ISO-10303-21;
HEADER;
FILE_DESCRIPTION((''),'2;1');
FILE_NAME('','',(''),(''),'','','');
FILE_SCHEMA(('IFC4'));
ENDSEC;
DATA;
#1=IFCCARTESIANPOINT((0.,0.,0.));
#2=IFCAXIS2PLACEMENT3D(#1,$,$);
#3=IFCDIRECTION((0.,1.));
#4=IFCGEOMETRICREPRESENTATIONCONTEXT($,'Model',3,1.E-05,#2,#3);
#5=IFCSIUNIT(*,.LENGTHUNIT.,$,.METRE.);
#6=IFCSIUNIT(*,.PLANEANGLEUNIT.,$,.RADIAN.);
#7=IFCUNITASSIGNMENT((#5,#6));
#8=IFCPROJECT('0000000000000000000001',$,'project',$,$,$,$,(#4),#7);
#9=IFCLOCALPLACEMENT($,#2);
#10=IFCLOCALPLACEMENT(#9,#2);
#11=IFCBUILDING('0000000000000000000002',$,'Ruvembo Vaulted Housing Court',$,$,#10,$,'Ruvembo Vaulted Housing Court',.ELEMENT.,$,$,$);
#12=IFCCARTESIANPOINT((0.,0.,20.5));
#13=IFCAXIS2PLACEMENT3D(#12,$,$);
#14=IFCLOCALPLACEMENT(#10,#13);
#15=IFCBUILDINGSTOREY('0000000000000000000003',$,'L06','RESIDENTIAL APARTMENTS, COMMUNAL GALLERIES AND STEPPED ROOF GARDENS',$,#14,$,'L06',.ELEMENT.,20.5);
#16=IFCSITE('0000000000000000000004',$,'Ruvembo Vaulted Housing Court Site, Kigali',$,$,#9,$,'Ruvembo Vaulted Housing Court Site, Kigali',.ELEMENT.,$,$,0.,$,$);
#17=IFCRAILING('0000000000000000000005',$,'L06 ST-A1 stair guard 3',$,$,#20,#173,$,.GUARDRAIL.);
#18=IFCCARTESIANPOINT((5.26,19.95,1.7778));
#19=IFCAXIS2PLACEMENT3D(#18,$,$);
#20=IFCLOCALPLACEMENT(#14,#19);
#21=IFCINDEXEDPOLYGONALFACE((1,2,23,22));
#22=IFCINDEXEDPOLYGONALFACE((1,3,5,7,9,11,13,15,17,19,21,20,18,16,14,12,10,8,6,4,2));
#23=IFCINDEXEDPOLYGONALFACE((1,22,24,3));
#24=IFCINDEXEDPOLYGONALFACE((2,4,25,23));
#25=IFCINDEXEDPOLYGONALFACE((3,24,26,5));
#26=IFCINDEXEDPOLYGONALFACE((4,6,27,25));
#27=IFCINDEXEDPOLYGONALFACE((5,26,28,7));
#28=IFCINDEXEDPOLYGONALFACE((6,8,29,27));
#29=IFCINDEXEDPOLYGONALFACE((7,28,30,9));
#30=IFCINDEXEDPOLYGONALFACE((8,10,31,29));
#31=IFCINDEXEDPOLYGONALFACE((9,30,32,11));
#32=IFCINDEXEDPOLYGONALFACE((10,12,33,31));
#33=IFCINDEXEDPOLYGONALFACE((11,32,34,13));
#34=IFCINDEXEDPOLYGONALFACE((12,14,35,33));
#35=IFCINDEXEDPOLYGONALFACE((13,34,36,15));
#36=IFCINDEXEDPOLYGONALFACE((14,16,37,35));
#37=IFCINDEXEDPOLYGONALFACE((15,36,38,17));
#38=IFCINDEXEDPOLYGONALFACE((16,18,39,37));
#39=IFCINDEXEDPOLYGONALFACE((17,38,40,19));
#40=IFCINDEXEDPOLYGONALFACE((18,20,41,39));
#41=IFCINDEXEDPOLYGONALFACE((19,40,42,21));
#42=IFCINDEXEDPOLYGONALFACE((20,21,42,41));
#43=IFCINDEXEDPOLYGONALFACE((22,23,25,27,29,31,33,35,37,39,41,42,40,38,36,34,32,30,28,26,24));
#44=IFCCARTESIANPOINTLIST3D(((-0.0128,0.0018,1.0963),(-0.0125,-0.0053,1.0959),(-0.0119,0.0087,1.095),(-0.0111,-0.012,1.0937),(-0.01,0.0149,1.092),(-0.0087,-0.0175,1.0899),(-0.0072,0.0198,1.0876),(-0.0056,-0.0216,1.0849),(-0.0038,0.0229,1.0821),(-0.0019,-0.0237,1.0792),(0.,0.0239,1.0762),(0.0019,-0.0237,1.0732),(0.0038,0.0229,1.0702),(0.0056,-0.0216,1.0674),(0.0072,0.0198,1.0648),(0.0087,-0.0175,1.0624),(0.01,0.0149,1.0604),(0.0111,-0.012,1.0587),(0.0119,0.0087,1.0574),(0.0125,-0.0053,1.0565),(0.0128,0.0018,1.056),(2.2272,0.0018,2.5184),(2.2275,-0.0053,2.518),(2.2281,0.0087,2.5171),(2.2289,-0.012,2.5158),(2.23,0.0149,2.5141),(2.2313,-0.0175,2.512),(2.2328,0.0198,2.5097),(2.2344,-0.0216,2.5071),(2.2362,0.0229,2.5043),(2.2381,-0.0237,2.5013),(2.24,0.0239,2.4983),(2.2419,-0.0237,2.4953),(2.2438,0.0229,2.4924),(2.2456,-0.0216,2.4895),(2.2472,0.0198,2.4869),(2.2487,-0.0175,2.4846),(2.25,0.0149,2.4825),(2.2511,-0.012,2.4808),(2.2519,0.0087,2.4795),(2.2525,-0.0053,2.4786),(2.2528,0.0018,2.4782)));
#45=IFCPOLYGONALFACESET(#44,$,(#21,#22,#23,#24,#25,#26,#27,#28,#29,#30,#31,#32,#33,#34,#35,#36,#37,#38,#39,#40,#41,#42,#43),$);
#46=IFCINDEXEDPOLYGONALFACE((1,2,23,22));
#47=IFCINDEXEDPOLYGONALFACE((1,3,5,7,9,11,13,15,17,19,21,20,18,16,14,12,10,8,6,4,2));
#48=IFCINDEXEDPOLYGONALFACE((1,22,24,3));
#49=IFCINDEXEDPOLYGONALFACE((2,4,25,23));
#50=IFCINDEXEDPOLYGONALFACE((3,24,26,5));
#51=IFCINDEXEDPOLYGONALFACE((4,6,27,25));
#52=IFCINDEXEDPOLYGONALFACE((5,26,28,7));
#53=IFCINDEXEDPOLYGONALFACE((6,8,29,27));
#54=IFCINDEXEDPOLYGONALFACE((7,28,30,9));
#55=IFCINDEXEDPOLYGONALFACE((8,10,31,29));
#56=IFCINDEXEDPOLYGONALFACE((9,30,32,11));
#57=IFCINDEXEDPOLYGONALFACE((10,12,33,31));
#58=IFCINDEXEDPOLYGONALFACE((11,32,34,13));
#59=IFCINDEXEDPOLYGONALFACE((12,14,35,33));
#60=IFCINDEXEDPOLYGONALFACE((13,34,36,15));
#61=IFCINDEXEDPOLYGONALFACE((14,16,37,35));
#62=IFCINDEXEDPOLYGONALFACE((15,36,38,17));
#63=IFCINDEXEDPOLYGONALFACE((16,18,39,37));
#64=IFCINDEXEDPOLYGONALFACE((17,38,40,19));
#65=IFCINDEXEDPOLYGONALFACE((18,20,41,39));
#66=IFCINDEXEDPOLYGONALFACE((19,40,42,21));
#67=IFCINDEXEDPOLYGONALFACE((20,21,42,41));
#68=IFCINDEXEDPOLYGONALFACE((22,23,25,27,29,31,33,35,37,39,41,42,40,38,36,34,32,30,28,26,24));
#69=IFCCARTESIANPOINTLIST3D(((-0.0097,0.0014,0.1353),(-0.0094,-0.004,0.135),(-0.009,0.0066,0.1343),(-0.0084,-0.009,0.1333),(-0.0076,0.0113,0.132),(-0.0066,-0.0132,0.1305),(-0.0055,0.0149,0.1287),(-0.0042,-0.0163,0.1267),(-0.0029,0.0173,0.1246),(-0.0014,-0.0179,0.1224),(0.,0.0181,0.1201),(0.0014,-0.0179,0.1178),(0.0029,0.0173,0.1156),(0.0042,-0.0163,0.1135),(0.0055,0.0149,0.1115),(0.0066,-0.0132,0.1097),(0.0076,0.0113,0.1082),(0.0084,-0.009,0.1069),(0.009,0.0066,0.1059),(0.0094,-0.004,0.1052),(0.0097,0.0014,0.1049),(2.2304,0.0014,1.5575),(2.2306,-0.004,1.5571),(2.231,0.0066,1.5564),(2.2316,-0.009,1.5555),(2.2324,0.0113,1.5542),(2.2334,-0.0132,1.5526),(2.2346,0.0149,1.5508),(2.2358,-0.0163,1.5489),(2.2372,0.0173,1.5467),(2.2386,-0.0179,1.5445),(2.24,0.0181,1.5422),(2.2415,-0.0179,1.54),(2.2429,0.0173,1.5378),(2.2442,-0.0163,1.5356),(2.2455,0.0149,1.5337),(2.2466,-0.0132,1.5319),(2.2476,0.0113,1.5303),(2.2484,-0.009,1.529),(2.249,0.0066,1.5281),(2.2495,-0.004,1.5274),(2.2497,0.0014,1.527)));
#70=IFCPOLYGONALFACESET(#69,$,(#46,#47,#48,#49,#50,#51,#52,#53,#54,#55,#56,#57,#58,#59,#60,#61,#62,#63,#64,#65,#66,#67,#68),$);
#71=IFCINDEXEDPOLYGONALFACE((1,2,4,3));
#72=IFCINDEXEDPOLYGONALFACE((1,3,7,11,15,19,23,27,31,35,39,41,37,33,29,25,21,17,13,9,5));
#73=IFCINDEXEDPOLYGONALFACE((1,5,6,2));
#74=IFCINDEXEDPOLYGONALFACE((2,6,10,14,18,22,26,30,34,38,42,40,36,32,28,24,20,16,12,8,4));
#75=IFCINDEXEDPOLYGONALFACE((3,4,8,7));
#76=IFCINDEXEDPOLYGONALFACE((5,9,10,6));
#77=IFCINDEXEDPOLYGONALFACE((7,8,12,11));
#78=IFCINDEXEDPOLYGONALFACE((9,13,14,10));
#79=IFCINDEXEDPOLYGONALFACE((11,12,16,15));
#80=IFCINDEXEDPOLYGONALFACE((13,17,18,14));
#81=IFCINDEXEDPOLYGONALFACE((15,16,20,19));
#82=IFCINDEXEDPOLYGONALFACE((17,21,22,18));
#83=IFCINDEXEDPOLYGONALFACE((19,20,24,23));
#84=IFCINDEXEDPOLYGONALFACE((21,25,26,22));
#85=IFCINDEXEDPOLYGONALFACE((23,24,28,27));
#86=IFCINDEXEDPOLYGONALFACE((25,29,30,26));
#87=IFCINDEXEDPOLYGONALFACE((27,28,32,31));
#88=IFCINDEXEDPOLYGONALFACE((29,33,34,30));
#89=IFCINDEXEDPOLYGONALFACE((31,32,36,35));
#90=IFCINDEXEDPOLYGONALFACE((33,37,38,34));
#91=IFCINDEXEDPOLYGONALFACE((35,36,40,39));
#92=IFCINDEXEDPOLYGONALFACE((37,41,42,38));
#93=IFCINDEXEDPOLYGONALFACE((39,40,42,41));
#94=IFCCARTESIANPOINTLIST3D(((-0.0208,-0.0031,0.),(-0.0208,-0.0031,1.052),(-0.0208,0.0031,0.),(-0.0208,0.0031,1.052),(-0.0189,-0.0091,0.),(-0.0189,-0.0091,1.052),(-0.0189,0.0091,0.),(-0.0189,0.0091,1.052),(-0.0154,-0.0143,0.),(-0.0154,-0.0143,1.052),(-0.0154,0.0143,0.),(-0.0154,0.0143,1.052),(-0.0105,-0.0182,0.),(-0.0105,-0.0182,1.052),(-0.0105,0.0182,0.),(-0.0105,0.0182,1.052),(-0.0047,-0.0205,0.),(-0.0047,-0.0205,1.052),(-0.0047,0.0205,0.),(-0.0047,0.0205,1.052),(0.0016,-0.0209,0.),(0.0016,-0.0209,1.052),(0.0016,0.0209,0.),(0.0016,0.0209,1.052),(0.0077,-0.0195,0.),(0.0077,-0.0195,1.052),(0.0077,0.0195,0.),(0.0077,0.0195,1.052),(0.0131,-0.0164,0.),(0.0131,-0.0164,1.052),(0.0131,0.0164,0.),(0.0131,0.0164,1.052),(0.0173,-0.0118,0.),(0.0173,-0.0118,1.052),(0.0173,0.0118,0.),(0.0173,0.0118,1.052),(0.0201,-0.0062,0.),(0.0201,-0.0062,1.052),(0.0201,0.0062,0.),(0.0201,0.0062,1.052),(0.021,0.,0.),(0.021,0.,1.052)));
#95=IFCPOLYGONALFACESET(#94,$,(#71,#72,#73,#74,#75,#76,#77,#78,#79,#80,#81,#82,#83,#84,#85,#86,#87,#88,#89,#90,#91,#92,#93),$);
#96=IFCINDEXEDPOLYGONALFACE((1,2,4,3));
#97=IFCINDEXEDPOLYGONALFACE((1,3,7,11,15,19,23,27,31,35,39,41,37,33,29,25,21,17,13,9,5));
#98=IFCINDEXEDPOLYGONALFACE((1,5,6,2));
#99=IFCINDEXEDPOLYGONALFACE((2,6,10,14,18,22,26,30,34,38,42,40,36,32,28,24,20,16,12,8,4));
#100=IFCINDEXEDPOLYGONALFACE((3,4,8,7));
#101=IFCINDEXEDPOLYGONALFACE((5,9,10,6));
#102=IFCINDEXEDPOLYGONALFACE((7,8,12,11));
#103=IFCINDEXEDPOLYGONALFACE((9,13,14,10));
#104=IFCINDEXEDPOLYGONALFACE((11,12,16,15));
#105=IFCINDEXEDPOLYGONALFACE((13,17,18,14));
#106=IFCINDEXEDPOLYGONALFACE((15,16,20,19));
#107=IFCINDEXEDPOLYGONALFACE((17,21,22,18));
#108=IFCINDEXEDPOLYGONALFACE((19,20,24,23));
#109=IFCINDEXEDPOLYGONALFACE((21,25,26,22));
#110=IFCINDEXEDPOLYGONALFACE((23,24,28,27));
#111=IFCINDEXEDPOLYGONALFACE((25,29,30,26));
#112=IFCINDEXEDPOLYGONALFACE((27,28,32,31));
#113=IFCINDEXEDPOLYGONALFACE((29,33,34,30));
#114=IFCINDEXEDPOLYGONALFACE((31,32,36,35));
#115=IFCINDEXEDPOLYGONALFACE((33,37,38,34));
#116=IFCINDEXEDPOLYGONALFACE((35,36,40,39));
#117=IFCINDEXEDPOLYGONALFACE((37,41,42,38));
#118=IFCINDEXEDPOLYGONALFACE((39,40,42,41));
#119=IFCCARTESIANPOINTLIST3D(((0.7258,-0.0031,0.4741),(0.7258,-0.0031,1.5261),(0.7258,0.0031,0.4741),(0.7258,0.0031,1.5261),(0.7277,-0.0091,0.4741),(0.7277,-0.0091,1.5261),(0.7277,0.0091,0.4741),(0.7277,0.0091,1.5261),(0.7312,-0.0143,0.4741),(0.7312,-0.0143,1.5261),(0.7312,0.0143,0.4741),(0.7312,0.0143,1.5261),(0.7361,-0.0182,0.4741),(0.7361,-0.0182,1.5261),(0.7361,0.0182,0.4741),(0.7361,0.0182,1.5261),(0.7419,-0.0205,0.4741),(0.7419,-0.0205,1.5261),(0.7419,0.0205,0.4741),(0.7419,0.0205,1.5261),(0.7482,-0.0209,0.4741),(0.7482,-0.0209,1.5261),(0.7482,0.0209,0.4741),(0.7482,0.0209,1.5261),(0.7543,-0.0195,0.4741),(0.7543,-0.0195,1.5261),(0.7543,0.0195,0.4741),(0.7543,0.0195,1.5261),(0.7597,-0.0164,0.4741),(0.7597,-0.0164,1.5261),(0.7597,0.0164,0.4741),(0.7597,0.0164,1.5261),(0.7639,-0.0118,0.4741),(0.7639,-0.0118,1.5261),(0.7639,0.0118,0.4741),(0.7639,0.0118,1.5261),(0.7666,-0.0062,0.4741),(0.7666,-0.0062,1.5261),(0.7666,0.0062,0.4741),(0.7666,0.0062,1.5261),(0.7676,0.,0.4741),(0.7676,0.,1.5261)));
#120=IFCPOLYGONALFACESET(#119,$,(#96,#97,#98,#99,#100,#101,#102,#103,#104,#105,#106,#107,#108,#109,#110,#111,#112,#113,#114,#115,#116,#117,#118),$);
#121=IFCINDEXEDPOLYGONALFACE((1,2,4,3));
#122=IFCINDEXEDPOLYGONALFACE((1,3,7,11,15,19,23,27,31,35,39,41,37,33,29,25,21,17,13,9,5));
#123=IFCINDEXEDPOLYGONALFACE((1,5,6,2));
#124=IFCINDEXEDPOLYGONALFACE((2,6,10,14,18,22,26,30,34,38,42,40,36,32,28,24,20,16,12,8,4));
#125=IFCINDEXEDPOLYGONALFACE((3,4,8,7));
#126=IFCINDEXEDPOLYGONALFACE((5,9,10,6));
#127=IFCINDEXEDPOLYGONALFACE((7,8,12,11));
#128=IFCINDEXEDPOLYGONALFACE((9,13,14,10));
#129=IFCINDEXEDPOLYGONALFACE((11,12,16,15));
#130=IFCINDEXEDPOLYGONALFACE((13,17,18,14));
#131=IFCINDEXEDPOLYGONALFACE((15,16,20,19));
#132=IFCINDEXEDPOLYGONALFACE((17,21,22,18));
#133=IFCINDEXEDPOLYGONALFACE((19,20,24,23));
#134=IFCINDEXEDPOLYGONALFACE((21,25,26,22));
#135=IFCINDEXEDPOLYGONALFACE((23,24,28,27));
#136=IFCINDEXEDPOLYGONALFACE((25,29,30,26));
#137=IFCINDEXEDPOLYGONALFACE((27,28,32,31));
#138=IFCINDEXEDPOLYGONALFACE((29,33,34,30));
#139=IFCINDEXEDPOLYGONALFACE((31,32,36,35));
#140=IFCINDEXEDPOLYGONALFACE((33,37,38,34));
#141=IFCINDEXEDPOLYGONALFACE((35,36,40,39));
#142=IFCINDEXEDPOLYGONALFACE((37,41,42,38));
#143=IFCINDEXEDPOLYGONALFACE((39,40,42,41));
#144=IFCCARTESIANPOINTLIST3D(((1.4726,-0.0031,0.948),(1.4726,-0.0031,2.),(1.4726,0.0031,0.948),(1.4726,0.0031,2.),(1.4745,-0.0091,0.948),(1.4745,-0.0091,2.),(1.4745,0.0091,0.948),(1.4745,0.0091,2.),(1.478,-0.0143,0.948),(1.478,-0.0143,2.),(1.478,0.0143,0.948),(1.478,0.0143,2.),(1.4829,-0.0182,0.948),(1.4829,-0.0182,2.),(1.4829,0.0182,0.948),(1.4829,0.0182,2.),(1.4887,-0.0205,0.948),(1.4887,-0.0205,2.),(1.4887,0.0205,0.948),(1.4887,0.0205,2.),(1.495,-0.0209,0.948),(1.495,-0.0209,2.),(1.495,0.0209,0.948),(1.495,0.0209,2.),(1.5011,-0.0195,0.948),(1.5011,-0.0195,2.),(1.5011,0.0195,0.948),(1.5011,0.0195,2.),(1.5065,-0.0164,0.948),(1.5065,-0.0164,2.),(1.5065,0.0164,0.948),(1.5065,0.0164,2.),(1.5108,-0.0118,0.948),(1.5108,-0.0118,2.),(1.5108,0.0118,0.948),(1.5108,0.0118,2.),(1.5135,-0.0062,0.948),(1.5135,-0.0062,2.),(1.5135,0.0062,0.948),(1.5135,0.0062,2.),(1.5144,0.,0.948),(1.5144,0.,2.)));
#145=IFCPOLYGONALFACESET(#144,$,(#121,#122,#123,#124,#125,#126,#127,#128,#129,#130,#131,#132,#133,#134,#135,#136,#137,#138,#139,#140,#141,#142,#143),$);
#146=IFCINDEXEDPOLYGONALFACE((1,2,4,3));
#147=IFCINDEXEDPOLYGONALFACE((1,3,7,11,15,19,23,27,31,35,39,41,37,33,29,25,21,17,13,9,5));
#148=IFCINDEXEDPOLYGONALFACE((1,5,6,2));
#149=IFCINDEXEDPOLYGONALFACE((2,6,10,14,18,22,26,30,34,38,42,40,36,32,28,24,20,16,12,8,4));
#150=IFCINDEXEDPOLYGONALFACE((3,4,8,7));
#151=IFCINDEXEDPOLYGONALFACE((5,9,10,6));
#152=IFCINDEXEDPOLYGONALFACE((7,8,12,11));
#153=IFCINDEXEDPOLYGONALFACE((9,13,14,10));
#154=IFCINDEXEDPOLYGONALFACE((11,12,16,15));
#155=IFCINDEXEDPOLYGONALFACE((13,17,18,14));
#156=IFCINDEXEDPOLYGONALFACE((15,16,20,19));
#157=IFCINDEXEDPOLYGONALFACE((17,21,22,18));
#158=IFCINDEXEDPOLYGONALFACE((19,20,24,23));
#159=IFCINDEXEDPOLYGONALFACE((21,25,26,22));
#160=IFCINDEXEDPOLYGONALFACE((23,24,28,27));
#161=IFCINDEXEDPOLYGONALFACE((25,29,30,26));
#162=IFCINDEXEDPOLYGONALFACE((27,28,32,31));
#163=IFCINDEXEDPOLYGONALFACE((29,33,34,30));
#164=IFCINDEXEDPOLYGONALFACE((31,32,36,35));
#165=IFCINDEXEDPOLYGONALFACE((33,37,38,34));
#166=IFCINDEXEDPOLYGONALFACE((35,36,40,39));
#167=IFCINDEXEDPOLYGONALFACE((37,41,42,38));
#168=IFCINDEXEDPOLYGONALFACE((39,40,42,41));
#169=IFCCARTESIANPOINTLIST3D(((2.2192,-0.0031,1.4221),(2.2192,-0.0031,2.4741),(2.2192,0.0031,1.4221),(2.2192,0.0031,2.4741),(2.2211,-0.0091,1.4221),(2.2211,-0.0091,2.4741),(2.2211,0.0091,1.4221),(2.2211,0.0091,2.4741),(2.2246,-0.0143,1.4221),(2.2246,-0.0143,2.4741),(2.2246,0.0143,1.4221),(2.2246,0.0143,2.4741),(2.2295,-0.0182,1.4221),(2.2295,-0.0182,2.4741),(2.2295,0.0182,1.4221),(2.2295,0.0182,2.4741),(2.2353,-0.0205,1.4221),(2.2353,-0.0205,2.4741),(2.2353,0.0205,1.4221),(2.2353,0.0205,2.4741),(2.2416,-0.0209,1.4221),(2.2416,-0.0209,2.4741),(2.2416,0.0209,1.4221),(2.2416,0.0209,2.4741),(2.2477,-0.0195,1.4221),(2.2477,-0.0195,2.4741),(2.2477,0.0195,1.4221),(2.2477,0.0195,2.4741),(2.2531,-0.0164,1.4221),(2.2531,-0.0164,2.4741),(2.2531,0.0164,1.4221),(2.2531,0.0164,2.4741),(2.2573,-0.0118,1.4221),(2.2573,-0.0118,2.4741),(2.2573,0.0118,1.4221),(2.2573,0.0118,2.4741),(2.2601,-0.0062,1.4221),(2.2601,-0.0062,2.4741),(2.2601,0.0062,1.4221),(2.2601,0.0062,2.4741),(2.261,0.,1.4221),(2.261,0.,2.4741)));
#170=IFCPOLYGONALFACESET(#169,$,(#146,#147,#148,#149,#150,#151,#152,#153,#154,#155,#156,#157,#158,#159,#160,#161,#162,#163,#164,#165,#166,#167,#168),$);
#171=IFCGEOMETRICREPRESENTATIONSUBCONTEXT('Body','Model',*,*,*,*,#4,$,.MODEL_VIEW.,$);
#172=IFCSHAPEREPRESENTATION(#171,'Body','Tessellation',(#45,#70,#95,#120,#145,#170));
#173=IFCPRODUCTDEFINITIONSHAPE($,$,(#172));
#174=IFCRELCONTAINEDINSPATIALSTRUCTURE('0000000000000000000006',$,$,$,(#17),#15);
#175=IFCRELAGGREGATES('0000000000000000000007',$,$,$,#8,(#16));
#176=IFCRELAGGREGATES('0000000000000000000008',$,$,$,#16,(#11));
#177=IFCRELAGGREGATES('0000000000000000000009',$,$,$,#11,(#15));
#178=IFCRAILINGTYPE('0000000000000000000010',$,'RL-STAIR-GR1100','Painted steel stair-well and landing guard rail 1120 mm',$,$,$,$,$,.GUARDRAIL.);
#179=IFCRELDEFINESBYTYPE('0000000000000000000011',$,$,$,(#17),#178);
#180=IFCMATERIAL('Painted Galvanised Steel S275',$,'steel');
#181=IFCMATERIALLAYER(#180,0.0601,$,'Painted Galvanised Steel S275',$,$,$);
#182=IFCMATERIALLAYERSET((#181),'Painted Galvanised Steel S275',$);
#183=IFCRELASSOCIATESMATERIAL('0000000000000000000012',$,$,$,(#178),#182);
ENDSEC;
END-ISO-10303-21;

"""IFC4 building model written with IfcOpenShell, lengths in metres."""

from ifc_helpers import new_model, si_unit, direction, frame, origin, origin_2d, place, context, subcontext, project, spatial, circle, extrude, material, layer, layer_set, type_object, element, save


model = new_model("IFC4")

# Units and contexts
model_context = context("Model", 3, precision=1e-05, world=origin(), true_north=direction((0.0, 1.0)))
body_context = subcontext(model_context, "Body", "Model", "MODEL_VIEW")
ifc_project = project(units=[si_unit("LENGTHUNIT", "METRE"), si_unit("PLANEANGLEUNIT", "RADIAN")], contexts=[model_context])

# Site, building, storey
site_placement = place(None, origin())
site = spatial("IfcSite", under=ifc_project, at=site_placement, Name="Ruvembo Vaulted Housing Court Site, Kigali", LongName="Ruvembo Vaulted Housing Court Site, Kigali", CompositionType="ELEMENT", RefElevation=0.0)
building_placement = place(site_placement, origin())
building = spatial("IfcBuilding", under=site, at=building_placement, Name="Ruvembo Vaulted Housing Court", LongName="Ruvembo Vaulted Housing Court", CompositionType="ELEMENT")
storey_placement = place(building_placement, frame((0.0, 0.0, 20.5)))
storey = spatial("IfcBuildingStorey", under=building, at=storey_placement, Name="L06", Description="RESIDENTIAL APARTMENTS, COMMUNAL GALLERIES AND STEPPED ROOF GARDENS", LongName="L06", CompositionType="ELEMENT", Elevation=20.5)

# Railing
ifc_material_1 = material(Name="Painted Galvanised Steel S275", Category="steel")
ifc_layer_1 = layer(ifc_material_1, 0.0601, Name="Painted Galvanised Steel S275")
ifc_layer_set_1 = layer_set([ifc_layer_1], Name="Painted Galvanised Steel S275")
railing_type_1 = type_object("IfcRailingType", Name="RL-STAIR-GR1100", Description="Painted steel stair-well and landing guard rail 1120 mm", PredefinedType="GUARDRAIL", material=ifc_layer_set_1)
railing_1_placement = place(storey_placement, frame((5.26, 19.95, 1.7778)))
element("IfcRailing", 1, at=railing_1_placement, inside=storey, type_object=railing_type_1, Name="L06 ST-A1 stair guard 3", PredefinedType="GUARDRAIL", context=body_context, shape_type="SweptSolid", body=[
    extrude(circle(Radius=0.0239, at=origin_2d()), frame((0.0, 0.0, 1.0762), z_axis=(0.844229, 0.0, 0.535982), x_axis=(0.0, 1.0, 0.0)), (0.0, 0.0, 1.0), 2.6533),
    extrude(circle(Radius=0.0181, at=origin_2d()), frame((0.0, 0.0, 0.1201), z_axis=(0.844229, 0.0, 0.535982), x_axis=(0.0, 1.0, 0.0)), (0.0, 0.0, 1.0), 2.6533),
    extrude(circle(Radius=0.021, at=origin_2d()), origin(), (0.0, 0.0, 1.0), 1.052),
    extrude(circle(Radius=0.021, at=origin_2d()), frame((0.7466, 0.0, 0.4741)), (0.0, 0.0, 1.0), 1.052),
    extrude(circle(Radius=0.021, at=origin_2d()), frame((1.4934, 0.0, 0.948)), (0.0, 0.0, 1.0), 1.052),
    extrude(circle(Radius=0.021, at=origin_2d()), frame((2.24, 0.0, 1.4221)), (0.0, 0.0, 1.0), 1.052),
])

save(model, "model.ifc")
